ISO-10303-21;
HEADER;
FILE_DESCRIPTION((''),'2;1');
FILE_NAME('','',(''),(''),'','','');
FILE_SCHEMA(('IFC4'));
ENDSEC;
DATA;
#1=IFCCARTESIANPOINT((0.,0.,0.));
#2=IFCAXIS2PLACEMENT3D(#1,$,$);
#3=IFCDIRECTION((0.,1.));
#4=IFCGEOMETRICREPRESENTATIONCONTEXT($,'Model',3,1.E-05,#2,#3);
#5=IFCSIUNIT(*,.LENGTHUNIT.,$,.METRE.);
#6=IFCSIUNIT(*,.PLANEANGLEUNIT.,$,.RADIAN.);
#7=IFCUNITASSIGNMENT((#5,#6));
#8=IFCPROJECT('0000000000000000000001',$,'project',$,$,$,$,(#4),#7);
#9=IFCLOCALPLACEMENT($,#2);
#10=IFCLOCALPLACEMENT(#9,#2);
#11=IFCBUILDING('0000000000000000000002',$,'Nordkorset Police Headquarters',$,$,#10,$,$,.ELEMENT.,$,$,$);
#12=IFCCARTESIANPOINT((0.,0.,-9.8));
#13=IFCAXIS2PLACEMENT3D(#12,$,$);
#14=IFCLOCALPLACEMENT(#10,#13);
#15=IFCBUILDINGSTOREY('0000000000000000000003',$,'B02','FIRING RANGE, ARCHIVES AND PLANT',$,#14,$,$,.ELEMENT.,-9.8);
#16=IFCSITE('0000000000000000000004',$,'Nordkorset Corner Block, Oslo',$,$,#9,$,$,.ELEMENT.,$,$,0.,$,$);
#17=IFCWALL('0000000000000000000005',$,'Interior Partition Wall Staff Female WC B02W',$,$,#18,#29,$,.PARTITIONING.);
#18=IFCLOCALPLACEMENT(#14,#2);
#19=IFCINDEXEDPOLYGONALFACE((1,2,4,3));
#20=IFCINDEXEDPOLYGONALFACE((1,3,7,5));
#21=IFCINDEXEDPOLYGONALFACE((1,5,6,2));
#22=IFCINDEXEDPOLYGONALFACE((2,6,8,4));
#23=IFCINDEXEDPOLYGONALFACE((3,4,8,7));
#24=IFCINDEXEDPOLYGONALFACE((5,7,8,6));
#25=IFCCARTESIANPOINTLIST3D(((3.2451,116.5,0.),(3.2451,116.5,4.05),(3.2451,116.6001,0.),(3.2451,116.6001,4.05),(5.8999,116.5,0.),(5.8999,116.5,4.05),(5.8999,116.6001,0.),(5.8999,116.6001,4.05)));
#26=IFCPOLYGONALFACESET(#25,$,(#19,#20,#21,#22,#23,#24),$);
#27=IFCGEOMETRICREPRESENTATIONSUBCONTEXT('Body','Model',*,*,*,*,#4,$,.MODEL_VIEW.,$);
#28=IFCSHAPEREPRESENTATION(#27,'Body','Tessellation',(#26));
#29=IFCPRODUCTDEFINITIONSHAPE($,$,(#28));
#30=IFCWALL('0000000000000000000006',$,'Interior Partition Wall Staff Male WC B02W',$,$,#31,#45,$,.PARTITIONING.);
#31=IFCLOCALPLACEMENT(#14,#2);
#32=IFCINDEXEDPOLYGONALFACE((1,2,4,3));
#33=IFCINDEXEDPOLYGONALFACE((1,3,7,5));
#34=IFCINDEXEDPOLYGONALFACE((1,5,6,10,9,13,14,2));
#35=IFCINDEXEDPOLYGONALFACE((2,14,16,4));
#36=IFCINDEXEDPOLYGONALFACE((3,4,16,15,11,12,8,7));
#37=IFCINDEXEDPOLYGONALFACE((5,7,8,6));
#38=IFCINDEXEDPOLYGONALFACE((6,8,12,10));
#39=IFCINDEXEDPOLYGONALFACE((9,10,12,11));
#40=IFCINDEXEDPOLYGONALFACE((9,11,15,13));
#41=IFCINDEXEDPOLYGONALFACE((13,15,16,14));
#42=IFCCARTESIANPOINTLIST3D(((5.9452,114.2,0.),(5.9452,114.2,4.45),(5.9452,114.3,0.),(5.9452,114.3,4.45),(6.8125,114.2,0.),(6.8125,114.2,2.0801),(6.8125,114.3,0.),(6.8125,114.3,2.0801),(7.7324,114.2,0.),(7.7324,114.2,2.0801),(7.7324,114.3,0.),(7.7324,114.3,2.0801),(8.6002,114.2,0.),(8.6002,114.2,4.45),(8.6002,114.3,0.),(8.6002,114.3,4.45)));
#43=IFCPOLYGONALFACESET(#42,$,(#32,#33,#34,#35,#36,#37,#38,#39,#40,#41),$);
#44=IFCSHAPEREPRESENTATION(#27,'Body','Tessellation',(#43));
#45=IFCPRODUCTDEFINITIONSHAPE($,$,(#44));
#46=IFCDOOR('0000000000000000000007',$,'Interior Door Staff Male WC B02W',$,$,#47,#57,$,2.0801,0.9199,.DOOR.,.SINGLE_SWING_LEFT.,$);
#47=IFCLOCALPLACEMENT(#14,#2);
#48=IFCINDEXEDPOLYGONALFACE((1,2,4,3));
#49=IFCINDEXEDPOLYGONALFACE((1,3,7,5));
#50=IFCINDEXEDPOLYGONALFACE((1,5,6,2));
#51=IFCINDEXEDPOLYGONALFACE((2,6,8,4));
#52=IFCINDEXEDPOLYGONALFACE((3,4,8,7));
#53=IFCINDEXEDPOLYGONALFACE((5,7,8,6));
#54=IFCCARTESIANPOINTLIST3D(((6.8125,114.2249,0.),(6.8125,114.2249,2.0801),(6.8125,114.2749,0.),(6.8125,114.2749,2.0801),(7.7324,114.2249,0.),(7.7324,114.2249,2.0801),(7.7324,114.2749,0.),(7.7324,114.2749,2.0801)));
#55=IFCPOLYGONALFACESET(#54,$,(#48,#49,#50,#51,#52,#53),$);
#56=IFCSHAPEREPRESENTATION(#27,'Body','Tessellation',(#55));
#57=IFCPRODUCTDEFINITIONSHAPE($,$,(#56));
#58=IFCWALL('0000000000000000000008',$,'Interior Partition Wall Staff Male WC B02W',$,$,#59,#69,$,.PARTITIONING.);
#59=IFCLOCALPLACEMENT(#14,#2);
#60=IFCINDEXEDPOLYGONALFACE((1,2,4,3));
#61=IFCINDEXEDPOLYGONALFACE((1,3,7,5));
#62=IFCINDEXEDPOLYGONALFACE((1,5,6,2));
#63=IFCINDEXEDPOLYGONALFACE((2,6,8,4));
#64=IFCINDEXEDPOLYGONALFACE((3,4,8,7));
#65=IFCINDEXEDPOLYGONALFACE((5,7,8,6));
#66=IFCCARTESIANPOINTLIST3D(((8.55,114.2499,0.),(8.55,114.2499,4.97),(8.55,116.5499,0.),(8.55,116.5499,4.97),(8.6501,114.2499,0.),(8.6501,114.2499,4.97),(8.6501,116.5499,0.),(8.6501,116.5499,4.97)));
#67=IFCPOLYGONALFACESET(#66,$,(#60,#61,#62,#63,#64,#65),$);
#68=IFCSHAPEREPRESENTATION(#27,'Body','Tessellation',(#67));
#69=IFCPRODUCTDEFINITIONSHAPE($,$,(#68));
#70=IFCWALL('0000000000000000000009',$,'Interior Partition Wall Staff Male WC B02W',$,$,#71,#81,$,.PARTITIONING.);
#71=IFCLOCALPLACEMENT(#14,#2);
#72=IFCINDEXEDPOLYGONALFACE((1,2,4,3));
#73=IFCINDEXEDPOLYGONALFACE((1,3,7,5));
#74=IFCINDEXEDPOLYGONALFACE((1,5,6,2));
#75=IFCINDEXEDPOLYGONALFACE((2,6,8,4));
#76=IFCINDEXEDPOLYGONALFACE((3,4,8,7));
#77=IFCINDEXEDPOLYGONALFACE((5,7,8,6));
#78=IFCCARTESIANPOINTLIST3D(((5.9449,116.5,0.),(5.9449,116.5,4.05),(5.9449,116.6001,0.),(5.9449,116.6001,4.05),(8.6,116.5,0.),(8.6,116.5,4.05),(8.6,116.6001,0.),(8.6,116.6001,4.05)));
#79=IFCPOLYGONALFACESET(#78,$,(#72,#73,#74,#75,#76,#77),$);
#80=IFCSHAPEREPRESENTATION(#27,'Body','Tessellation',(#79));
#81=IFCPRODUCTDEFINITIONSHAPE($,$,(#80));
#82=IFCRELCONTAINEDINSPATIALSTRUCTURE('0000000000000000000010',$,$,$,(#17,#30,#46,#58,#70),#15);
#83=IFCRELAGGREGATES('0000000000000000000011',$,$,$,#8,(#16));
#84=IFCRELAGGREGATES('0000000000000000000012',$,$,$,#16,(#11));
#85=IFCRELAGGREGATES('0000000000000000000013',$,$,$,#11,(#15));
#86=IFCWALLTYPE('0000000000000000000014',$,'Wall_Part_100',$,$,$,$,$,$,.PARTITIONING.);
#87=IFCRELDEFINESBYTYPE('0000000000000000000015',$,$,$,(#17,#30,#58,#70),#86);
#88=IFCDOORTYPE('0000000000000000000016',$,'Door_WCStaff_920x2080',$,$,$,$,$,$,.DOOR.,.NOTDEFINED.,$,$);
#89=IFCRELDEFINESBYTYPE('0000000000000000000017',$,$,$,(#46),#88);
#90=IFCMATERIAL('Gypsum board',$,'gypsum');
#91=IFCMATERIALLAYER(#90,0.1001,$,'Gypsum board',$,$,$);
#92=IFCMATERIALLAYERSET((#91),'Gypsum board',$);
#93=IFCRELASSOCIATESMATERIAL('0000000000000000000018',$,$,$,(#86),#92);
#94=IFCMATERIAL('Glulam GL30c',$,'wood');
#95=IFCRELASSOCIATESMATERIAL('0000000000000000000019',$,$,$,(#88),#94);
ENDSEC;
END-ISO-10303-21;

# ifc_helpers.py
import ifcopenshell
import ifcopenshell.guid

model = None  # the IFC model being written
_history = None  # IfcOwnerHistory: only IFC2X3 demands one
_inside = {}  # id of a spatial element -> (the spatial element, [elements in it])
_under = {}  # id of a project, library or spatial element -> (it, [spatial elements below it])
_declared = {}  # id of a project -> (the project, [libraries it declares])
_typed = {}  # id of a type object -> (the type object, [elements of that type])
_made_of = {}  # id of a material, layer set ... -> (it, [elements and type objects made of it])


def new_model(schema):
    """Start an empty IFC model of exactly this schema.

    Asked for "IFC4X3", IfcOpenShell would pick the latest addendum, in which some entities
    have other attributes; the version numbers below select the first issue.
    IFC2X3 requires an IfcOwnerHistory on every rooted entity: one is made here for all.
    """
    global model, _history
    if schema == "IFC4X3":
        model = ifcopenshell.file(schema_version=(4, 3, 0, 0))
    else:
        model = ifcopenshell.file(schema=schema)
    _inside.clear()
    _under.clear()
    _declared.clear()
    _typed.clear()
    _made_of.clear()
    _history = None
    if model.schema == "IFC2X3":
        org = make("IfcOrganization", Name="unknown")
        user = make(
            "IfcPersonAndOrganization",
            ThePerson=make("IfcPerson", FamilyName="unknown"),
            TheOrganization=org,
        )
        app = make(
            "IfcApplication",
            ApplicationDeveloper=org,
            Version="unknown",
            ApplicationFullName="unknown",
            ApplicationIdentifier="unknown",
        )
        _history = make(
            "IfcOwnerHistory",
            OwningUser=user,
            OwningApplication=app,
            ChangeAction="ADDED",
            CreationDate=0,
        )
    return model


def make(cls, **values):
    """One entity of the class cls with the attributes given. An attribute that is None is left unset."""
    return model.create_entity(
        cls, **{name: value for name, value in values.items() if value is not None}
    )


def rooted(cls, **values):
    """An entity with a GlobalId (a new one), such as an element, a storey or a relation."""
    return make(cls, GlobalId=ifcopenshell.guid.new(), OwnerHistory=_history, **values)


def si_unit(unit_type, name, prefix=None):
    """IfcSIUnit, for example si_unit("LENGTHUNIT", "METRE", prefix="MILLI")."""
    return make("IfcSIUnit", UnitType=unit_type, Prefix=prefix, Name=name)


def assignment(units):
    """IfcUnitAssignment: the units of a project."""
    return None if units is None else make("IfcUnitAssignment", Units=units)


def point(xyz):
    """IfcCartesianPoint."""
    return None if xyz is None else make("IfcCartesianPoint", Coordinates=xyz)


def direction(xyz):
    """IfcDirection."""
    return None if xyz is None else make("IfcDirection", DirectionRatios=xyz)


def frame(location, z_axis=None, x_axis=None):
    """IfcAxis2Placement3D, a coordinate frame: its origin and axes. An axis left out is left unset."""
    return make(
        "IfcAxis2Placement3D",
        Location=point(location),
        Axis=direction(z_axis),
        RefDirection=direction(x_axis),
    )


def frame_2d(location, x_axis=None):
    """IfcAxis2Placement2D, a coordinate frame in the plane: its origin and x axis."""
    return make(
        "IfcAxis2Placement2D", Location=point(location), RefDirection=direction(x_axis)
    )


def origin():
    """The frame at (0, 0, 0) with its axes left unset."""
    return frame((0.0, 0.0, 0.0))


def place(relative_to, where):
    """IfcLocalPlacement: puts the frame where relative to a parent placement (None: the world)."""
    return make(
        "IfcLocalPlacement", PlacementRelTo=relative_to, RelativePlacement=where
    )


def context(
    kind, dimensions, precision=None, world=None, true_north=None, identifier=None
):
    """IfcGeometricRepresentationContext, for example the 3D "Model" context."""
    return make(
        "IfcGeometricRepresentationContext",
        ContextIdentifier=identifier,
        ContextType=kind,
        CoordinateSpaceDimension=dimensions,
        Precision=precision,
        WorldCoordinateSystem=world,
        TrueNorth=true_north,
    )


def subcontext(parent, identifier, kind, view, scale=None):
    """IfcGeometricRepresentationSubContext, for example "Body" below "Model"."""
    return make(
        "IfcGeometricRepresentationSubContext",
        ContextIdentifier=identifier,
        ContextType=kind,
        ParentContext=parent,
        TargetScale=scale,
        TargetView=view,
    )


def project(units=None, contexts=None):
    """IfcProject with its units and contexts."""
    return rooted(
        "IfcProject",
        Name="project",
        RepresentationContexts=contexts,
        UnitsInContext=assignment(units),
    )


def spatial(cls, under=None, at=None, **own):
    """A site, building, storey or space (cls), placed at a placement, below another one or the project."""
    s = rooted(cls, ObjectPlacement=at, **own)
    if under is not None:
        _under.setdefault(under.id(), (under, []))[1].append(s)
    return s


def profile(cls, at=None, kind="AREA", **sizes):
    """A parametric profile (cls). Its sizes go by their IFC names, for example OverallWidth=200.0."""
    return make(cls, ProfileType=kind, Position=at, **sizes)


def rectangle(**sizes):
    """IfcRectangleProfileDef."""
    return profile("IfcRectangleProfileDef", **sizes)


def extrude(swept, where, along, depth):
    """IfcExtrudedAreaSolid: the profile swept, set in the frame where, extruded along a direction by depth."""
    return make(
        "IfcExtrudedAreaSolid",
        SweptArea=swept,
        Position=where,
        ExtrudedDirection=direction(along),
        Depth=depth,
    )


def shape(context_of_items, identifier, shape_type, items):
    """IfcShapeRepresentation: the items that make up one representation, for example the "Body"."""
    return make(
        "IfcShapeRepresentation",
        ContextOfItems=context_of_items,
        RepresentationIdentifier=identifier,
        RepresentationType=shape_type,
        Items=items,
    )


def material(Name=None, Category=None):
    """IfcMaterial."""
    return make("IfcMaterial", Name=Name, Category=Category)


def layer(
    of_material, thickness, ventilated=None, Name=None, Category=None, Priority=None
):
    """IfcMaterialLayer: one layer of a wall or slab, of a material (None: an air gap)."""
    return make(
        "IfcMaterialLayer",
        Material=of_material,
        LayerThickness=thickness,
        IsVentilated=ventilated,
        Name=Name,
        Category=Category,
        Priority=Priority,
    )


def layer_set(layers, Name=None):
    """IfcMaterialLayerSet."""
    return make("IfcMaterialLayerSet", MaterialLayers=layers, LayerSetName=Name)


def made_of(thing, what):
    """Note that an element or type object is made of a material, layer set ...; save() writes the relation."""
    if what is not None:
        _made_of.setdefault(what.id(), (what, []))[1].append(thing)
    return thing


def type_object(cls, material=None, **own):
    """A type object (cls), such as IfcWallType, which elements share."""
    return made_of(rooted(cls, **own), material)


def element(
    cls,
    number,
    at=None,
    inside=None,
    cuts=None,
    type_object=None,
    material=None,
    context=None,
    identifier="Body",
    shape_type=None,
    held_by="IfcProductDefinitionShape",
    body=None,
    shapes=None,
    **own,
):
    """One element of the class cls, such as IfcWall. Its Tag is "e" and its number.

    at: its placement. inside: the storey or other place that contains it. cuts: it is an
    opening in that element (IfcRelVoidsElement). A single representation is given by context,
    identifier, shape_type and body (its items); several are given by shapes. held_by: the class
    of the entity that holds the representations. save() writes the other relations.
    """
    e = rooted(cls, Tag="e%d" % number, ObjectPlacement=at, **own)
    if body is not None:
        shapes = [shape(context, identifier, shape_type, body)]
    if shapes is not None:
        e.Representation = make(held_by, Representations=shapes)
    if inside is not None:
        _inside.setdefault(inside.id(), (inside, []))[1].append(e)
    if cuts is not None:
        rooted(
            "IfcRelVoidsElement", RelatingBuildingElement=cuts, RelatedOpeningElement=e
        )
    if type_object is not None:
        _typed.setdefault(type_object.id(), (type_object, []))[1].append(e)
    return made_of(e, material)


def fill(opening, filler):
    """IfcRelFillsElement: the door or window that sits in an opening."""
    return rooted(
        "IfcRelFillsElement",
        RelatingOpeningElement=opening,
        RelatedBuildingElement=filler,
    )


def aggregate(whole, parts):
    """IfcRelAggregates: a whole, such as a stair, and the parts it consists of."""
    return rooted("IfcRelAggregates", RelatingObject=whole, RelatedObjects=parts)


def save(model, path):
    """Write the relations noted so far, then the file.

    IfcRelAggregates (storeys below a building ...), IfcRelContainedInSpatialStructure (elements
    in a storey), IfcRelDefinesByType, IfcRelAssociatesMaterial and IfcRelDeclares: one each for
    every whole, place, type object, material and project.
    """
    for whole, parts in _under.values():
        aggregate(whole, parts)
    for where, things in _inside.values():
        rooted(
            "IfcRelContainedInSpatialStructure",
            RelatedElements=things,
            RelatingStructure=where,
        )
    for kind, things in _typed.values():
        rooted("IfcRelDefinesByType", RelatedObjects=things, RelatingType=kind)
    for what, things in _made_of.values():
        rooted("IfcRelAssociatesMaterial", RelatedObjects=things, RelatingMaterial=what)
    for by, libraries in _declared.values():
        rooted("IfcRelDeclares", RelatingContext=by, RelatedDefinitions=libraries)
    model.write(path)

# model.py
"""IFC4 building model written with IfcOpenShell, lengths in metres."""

from ifc_helpers import new_model, si_unit, direction, frame, frame_2d, origin, place, context, subcontext, project, spatial, rectangle, extrude, material, layer, layer_set, type_object, element, fill, save


model = new_model("IFC4")

# Units and contexts
model_context = context("Model", 3, precision=1e-05, world=origin(), true_north=direction((0.0, 1.0)))
body_context = subcontext(model_context, "Body", "Model", "MODEL_VIEW")
ifc_project = project(units=[si_unit("LENGTHUNIT", "METRE"), si_unit("PLANEANGLEUNIT", "RADIAN")], contexts=[model_context])

# Site, building, storey
site_placement = place(None, origin())
site = spatial("IfcSite", under=ifc_project, at=site_placement, Name="Nordkorset Corner Block, Oslo", CompositionType="ELEMENT", RefElevation=0.0)
building_placement = place(site_placement, origin())
building = spatial("IfcBuilding", under=site, at=building_placement, Name="Nordkorset Police Headquarters", CompositionType="ELEMENT")
storey_placement = place(building_placement, frame((0.0, 0.0, -9.8)))
storey = spatial("IfcBuildingStorey", under=building, at=storey_placement, Name="B02", Description="FIRING RANGE, ARCHIVES AND PLANT", CompositionType="ELEMENT", Elevation=-9.8)

# Shared definitions
ifc_material_1 = material(Name="Gypsum board", Category="gypsum")
ifc_layer_1 = layer(ifc_material_1, 0.1001, Name="Gypsum board")
ifc_layer_set_1 = layer_set([ifc_layer_1], Name="Gypsum board")
wall_type = type_object("IfcWallType", Name="Wall_Part_100", PredefinedType="PARTITIONING", material=ifc_layer_set_1)

# Shared definitions
ifc_material_2 = material(Name="Glulam GL30c", Category="wood")
door_type = type_object("IfcDoorType", Name="Door_WCStaff_920x2080", OperationType="NOTDEFINED", PredefinedType="DOOR", material=ifc_material_2)

# Wall
wall_1_placement = place(storey_placement, frame((5.8999, 116.55, 0.0), z_axis=(0.0, 0.0, 1.0), x_axis=(-1.0, 0.0, 0.0)))
element("IfcWall", 1, at=wall_1_placement, inside=storey, type_object=wall_type, Name="Interior Partition Wall Staff Female WC B02W", PredefinedType="PARTITIONING", context=body_context, shape_type="SweptSolid", body=[
    extrude(rectangle(XDim=2.6548, YDim=0.1001, at=frame_2d((1.3274, 0.0))), origin(), (0.0, 0.0, 1.0), 4.05),
])

# Wall, opening, door
wall_2_placement = place(storey_placement, frame((5.9451, 114.25, 0.0), z_axis=(0.0, 0.0, 1.0), x_axis=(1.0, 0.0, 0.0)))
wall_2 = element("IfcWall", 2, at=wall_2_placement, inside=storey, type_object=wall_type, Name="Interior Partition Wall Staff Male WC B02W", PredefinedType="PARTITIONING", context=body_context, shape_type="SweptSolid", body=[
    extrude(rectangle(XDim=2.655, YDim=0.1001, at=frame_2d((1.3276, 0.0))), origin(), (0.0, 0.0, 1.0), 4.45),
])
opening_1_placement = place(wall_2_placement, frame((0.8674, 0.0, 0.0)))
opening_1 = element("IfcOpeningElement", 3, at=opening_1_placement, cuts=wall_2, PredefinedType="OPENING", context=body_context, shape_type="SweptSolid", body=[
    extrude(rectangle(XDim=0.9199, YDim=2.0801, at=frame_2d((0.46, 1.04))), frame((0.0, 0.0601, 0.0), z_axis=(0.0, -1.0, 0.0), x_axis=(1.0, 0.0, 0.0)), (0.0, 0.0, 1.0), 0.1201),
])
door_1_placement = place(opening_1_placement, origin())
door_1 = element("IfcDoor", 4, at=door_1_placement, inside=storey, type_object=door_type, Name="Interior Door Staff Male WC B02W", OperationType="SINGLE_SWING_LEFT", OverallHeight=2.0801, OverallWidth=0.9199, PredefinedType="DOOR", context=body_context, shape_type="SweptSolid", body=[
    extrude(rectangle(XDim=0.9199, YDim=2.0801, at=frame_2d((0.46, 1.04))), frame((0.0, 0.0249, 0.0), z_axis=(0.0, -1.0, 0.0), x_axis=(1.0, 0.0, 0.0)), (0.0, 0.0, 1.0), 0.05),
])
fill(opening_1, door_1)

# Walls
wall_3_placement = place(storey_placement, frame((8.6001, 114.25, 0.0), z_axis=(0.0, 0.0, 1.0), x_axis=(0.0, 1.0, 0.0)))
element("IfcWall", 5, at=wall_3_placement, inside=storey, type_object=wall_type, Name="Interior Partition Wall Staff Male WC B02W", PredefinedType="PARTITIONING", context=body_context, shape_type="SweptSolid", body=[
    extrude(rectangle(XDim=2.3, YDim=0.1001, at=frame_2d((1.1499, 0.0))), origin(), (0.0, 0.0, 1.0), 4.97),
])
wall_4_placement = place(storey_placement, frame((8.6001, 116.55, 0.0), z_axis=(0.0, 0.0, 1.0), x_axis=(-1.0, 0.0, 0.0)))
element("IfcWall", 6, at=wall_4_placement, inside=storey, type_object=wall_type, Name="Interior Partition Wall Staff Male WC B02W", PredefinedType="PARTITIONING", context=body_context, shape_type="SweptSolid", body=[
    extrude(rectangle(XDim=2.655, YDim=0.1001, at=frame_2d((1.3276, 0.0))), origin(), (0.0, 0.0, 1.0), 4.05),
])

save(model, "model.ifc")
